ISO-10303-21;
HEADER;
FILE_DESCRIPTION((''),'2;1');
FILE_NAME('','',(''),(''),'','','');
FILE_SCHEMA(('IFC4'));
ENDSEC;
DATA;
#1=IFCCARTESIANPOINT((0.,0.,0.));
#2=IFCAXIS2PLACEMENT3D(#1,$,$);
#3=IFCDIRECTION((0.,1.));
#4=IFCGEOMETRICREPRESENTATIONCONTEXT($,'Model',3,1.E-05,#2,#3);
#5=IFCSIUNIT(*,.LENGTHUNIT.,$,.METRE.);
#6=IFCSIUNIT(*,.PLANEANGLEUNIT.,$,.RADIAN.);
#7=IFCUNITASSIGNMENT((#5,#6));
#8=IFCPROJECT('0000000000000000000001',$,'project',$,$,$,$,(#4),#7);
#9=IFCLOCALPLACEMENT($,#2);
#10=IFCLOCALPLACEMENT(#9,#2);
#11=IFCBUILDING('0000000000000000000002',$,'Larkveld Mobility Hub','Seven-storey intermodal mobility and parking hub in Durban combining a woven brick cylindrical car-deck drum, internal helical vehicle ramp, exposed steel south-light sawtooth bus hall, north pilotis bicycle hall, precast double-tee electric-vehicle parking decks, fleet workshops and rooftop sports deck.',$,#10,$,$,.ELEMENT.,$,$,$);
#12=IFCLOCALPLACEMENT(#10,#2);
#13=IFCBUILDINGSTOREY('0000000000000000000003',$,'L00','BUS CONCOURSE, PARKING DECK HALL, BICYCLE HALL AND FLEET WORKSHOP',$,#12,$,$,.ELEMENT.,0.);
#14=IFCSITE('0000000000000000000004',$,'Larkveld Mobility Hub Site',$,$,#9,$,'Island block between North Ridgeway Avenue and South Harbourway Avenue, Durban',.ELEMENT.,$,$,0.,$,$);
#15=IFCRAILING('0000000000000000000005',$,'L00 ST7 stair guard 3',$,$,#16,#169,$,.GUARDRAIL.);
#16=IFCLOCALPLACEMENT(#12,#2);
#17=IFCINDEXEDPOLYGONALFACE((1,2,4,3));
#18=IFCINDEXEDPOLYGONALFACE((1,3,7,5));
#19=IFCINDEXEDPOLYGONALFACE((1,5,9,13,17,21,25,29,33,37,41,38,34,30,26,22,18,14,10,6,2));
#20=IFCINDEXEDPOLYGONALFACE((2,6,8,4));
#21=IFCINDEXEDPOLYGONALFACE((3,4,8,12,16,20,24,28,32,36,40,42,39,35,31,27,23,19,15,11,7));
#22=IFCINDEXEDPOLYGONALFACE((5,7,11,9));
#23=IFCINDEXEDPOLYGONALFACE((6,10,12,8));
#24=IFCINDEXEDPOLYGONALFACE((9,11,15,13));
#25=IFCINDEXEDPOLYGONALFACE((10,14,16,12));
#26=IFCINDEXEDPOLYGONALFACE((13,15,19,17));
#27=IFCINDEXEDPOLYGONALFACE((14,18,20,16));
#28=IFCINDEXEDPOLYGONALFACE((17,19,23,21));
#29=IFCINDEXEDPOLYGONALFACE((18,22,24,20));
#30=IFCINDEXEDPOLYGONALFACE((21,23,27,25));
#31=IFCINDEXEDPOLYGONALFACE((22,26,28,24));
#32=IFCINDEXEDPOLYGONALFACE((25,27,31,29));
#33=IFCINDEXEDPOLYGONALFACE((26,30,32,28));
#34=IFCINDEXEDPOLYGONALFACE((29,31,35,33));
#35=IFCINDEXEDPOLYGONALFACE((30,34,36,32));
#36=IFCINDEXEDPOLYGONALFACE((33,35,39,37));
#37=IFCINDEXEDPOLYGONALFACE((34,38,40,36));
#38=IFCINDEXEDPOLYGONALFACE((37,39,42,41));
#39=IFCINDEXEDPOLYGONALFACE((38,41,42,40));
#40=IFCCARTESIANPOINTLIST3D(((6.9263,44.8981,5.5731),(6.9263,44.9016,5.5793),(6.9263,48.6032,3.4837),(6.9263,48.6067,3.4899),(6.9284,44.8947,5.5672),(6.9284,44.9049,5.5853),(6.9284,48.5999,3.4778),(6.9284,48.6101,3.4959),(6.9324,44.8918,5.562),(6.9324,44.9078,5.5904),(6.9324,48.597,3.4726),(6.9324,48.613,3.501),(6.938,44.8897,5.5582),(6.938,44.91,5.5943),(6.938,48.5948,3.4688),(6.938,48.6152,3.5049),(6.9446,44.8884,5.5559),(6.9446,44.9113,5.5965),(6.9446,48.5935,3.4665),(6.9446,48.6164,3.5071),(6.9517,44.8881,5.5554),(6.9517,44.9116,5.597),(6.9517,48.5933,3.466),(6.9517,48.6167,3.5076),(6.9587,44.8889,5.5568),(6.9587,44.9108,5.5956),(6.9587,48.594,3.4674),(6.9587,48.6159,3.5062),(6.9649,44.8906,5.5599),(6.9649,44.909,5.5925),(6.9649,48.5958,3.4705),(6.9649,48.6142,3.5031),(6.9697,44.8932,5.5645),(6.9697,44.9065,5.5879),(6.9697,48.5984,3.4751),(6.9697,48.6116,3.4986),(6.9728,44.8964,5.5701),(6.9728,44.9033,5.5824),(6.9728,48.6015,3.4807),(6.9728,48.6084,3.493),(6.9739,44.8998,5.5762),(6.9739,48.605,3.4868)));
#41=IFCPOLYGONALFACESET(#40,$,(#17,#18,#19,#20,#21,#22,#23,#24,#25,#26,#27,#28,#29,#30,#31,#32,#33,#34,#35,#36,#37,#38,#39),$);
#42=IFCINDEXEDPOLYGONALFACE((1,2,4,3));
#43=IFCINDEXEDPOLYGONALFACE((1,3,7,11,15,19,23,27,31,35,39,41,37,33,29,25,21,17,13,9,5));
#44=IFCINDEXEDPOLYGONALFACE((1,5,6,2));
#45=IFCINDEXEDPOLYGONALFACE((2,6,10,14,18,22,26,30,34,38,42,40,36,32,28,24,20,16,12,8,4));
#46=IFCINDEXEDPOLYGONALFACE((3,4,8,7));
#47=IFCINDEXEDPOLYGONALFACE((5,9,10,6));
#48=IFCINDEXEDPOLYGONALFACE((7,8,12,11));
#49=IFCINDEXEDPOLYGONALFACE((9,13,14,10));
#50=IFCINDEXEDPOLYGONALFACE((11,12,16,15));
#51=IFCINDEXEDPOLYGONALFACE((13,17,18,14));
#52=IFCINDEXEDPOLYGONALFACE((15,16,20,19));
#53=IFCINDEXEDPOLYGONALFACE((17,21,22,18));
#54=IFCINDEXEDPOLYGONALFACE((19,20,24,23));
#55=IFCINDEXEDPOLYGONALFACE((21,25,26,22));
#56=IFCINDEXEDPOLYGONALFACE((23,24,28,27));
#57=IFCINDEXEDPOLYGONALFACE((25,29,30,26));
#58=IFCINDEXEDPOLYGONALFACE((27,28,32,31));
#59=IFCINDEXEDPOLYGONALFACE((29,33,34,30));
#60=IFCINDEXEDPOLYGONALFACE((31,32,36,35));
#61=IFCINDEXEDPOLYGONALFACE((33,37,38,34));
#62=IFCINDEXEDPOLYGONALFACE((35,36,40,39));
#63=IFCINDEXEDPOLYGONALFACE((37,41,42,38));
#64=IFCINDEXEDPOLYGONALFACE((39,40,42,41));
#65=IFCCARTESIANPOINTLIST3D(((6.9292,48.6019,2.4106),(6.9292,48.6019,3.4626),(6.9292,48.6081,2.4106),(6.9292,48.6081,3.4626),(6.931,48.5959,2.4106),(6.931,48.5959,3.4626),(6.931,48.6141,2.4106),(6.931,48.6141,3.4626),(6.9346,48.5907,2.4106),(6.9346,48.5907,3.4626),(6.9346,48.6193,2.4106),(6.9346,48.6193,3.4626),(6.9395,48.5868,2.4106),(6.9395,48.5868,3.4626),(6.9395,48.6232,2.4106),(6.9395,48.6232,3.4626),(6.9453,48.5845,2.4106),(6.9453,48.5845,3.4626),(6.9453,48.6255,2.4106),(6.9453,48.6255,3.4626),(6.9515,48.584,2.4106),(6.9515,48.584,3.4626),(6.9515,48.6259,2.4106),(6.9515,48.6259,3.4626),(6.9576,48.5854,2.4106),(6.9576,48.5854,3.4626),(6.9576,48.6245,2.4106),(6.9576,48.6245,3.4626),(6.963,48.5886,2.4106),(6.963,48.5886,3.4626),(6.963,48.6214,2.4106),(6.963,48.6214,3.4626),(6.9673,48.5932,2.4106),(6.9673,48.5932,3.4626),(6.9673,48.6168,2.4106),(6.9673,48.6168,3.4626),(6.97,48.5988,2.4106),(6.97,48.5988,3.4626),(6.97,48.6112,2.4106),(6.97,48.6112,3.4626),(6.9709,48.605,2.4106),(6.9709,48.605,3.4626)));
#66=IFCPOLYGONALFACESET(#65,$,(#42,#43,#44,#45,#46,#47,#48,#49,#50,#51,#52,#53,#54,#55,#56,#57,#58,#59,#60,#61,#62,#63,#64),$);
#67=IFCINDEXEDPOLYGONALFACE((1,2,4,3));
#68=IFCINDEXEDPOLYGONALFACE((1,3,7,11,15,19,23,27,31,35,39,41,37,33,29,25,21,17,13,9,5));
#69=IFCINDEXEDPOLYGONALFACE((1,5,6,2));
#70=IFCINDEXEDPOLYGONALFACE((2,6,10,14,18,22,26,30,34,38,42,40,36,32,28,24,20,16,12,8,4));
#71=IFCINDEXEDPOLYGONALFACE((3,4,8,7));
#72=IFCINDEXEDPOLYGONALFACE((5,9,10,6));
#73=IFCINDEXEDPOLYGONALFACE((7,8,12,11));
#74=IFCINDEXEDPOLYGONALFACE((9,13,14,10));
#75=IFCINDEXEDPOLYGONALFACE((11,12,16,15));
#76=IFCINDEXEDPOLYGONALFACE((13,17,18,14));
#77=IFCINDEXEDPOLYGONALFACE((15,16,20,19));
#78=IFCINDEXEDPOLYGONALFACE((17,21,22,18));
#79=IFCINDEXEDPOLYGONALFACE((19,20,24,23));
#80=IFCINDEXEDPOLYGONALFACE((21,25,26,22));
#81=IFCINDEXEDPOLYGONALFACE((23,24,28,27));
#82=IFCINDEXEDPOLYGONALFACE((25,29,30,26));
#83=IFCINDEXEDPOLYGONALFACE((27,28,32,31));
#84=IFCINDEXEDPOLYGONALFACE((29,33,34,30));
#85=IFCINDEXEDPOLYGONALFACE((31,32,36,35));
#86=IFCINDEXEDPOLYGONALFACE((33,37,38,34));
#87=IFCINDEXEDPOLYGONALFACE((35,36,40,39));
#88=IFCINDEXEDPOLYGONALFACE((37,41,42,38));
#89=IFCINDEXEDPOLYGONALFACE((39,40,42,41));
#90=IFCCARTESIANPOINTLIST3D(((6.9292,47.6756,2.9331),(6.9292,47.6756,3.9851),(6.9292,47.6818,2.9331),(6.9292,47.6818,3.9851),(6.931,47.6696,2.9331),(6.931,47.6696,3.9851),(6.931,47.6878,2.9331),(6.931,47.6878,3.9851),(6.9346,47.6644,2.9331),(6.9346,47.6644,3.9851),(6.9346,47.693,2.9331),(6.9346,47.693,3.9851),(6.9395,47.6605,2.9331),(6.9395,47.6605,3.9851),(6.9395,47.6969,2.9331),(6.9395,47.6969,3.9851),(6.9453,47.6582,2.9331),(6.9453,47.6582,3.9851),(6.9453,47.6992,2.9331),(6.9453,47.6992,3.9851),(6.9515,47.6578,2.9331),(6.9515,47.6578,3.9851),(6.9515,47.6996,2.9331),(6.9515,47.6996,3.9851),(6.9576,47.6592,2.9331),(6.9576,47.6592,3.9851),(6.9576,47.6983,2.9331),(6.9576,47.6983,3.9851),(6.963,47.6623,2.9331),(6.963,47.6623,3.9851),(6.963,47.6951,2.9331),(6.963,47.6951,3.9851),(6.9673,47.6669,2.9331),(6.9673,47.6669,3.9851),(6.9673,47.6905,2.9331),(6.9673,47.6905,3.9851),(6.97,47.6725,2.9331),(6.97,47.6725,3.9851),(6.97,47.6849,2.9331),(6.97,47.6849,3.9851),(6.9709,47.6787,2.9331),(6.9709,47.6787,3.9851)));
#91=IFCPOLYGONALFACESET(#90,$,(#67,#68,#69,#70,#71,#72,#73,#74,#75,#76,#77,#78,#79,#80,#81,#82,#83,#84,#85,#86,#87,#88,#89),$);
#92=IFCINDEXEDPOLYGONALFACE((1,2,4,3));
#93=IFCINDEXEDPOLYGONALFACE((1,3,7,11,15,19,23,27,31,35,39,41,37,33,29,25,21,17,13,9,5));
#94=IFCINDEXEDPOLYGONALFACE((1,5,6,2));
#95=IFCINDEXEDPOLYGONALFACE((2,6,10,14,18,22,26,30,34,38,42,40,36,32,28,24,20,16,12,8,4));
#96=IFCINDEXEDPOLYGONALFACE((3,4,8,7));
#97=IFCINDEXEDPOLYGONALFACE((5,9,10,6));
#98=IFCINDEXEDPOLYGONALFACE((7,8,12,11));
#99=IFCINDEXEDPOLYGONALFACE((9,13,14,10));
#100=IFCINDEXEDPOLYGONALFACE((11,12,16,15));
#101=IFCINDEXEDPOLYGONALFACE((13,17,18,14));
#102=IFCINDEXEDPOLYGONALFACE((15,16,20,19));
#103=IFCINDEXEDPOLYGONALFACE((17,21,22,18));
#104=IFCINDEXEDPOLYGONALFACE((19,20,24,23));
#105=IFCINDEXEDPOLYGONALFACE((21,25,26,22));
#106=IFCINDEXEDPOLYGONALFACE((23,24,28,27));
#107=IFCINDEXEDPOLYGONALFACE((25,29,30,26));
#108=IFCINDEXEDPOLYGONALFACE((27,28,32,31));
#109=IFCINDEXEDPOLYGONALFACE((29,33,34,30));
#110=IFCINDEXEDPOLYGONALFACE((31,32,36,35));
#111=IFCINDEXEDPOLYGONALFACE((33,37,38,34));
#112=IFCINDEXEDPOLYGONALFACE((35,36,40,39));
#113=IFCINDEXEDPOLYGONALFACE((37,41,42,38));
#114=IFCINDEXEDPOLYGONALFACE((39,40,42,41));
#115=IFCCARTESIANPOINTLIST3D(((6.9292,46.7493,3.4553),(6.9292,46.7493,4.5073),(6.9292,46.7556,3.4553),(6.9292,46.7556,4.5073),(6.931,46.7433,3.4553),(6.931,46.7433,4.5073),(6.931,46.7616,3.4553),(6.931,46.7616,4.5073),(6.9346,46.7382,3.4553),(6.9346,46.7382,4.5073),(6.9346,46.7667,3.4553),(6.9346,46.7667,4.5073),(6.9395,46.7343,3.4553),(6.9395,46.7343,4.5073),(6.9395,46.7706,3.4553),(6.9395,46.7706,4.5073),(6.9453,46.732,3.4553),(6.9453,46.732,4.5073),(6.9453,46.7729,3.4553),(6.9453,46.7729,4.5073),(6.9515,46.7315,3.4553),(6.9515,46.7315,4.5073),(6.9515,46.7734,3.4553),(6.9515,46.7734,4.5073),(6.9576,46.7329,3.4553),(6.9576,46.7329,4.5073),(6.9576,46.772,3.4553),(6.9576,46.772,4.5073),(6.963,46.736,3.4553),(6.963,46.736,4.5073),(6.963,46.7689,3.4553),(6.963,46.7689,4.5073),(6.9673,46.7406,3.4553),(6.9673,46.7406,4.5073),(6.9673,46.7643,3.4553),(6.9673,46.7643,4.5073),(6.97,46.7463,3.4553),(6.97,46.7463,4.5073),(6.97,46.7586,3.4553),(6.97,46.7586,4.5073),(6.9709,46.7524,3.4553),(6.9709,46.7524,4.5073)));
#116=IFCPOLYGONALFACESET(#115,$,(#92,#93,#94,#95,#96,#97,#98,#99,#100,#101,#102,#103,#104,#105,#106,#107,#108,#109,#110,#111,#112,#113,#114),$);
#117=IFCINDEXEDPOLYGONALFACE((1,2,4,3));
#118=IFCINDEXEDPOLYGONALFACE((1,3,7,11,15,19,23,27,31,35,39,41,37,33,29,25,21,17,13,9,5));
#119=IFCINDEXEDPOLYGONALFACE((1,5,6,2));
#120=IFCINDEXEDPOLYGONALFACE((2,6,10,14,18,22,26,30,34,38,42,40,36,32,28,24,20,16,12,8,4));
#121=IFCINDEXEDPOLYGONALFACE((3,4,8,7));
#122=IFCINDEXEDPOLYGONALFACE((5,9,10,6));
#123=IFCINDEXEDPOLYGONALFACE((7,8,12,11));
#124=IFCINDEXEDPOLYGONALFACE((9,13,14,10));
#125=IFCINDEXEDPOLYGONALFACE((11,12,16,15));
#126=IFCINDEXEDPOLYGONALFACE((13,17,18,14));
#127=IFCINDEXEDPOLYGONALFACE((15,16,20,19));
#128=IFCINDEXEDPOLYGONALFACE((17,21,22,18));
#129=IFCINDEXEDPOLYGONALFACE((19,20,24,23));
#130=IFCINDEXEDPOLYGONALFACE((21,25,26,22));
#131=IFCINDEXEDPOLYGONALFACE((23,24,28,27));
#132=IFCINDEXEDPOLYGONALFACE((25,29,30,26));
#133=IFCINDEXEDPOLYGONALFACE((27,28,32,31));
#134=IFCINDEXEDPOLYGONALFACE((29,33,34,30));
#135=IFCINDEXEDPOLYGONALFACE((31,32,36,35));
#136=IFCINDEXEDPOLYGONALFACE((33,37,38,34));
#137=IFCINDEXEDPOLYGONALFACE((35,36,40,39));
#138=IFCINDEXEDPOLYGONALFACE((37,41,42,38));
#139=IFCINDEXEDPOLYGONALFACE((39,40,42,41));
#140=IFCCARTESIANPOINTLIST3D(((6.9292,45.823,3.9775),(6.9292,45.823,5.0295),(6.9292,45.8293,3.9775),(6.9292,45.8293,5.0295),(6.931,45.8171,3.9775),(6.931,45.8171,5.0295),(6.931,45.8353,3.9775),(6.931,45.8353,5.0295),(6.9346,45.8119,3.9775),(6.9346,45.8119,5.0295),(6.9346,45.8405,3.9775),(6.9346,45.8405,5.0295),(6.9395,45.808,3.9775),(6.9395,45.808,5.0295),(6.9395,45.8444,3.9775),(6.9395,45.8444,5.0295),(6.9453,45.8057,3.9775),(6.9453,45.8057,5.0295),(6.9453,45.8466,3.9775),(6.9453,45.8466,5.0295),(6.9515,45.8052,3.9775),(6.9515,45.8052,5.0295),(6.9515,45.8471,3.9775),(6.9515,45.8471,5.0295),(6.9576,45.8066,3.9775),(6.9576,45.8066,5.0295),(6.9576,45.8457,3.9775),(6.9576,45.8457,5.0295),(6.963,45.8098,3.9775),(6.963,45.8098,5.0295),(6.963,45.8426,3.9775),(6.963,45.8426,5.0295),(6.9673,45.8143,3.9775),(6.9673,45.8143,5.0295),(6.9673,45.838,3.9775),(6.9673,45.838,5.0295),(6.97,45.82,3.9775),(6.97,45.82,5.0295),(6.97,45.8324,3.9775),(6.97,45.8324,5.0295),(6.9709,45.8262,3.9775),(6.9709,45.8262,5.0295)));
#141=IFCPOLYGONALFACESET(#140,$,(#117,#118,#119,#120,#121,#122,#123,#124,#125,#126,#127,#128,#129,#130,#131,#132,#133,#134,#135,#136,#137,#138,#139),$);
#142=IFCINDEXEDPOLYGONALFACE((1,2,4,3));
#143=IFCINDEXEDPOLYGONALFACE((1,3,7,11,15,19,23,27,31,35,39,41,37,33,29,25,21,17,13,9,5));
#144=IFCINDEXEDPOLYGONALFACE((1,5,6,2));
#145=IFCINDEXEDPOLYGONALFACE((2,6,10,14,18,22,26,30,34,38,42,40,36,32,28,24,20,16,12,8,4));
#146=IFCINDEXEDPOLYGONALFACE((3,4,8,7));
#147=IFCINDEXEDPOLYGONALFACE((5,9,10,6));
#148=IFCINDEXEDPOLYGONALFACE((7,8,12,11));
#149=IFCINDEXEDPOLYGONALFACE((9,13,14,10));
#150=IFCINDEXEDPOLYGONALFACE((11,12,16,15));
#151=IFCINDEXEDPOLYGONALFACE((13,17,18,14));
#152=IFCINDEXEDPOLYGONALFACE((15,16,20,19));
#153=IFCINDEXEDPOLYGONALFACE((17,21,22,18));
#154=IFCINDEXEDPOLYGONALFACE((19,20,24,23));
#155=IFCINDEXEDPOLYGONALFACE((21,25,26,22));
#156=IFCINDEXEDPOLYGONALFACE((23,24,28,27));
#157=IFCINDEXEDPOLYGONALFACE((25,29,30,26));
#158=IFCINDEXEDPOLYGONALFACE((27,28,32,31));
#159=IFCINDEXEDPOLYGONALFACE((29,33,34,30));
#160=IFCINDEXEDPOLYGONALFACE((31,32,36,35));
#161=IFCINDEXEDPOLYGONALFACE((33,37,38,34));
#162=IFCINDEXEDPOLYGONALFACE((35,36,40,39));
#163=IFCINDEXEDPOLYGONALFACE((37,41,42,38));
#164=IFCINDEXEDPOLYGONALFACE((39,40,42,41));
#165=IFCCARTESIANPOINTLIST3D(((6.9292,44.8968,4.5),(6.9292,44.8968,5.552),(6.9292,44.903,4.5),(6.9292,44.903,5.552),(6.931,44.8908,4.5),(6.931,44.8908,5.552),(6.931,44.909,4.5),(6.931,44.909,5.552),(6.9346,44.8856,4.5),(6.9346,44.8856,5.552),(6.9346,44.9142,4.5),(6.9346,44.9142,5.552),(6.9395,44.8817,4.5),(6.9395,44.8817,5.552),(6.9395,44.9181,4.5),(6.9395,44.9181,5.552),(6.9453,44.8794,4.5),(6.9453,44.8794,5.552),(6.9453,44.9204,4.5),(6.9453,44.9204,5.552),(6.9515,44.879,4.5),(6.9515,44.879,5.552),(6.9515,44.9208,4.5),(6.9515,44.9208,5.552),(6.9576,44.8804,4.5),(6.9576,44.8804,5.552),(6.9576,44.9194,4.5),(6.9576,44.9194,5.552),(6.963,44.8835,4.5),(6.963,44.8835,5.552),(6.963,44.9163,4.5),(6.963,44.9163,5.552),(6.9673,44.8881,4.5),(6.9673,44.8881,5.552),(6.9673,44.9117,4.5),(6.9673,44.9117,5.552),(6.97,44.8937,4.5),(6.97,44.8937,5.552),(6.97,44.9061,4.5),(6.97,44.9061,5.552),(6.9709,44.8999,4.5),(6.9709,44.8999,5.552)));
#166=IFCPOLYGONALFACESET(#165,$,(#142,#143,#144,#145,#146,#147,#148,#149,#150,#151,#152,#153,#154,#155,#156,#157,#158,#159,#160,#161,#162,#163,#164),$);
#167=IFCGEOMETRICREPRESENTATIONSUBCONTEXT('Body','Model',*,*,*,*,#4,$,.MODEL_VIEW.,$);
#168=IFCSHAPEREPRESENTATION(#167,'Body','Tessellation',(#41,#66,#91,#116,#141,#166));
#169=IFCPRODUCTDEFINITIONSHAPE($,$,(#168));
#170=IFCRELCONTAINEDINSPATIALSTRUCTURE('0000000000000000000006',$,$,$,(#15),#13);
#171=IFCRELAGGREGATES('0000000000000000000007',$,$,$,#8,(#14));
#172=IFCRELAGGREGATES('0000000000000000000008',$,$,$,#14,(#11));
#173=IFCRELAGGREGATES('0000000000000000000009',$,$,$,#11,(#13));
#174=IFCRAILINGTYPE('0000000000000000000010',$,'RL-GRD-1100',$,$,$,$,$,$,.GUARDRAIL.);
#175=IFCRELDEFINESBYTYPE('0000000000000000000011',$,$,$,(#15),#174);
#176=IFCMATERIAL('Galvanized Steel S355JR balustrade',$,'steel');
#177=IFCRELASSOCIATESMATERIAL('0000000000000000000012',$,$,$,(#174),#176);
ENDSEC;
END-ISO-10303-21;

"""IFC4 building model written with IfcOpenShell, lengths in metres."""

from ifc_helpers import new_model, si_unit, direction, frame, origin, origin_2d, place, context, subcontext, project, spatial, circle, extrude, material, type_object, element, save


model = new_model("IFC4")

# Units and contexts
model_context = context("Model", 3, precision=1e-05, world=origin(), true_north=direction((0.0, 1.0)))
body_context = subcontext(model_context, "Body", "Model", "MODEL_VIEW")
ifc_project = project(units=[si_unit("LENGTHUNIT", "METRE"), si_unit("PLANEANGLEUNIT", "RADIAN")], contexts=[model_context])

# Site, building, storey
site_placement = place(None, origin())
site = spatial("IfcSite", under=ifc_project, at=site_placement, Name="Larkveld Mobility Hub Site", LongName="Island block between North Ridgeway Avenue and South Harbourway Avenue, Durban", CompositionType="ELEMENT", RefElevation=0.0)
building_placement = place(site_placement, origin())
building = spatial("IfcBuilding", under=site, at=building_placement, Name="Larkveld Mobility Hub", Description="Seven-storey intermodal mobility and parking hub in Durban combining a woven brick cylindrical car-deck drum, internal helical vehicle ramp, exposed steel south-light sawtooth bus hall, north pilotis bicycle hall, precast double-tee electric-vehicle parking decks, fleet workshops and rooftop sports deck.", CompositionType="ELEMENT")
storey_placement = place(building_placement, origin())
storey = spatial("IfcBuildingStorey", under=building, at=storey_placement, Name="L00", Description="BUS CONCOURSE, PARKING DECK HALL, BICYCLE HALL AND FLEET WORKSHOP", CompositionType="ELEMENT", Elevation=0.0)

# Railing
ifc_material_1 = material(Name="Galvanized Steel S355JR balustrade", Category="steel")
railing_type_1 = type_object("IfcRailingType", Name="RL-GRD-1100", PredefinedType="GUARDRAIL", material=ifc_material_1)
railing_1_placement = place(storey_placement, frame((6.95, 48.605, 2.4106)))
element("IfcRailing", 1, at=railing_1_placement, inside=storey, type_object=railing_type_1, Name="L00 ST7 stair guard 3", PredefinedType="GUARDRAIL", context=body_context, shape_type="SweptSolid", body=[
    extrude(circle(Radius=0.0239, at=origin_2d()), frame((0.0, 0.0, 1.0762), z_axis=(0.0, -0.871048, 0.491198), x_axis=(1.0, 0.0, 0.0)), (0.0, 0.0, 1.0), 4.2537),
    extrude(circle(Radius=0.021, at=origin_2d()), origin(), (0.0, 0.0, 1.0), 1.052),
    extrude(circle(Radius=0.021, at=origin_2d()), frame((0.0, -0.9263, 0.5225)), (0.0, 0.0, 1.0), 1.052),
    extrude(circle(Radius=0.021, at=origin_2d()), frame((0.0, -1.8525, 1.0447)), (0.0, 0.0, 1.0), 1.052),
    extrude(circle(Radius=0.021, at=origin_2d()), frame((0.0, -2.7788, 1.5669)), (0.0, 0.0, 1.0), 1.052),
    extrude(circle(Radius=0.021, at=origin_2d()), frame((0.0, -3.7051, 2.0894)), (0.0, 0.0, 1.0), 1.052),
])

save(model, "model.ifc")
